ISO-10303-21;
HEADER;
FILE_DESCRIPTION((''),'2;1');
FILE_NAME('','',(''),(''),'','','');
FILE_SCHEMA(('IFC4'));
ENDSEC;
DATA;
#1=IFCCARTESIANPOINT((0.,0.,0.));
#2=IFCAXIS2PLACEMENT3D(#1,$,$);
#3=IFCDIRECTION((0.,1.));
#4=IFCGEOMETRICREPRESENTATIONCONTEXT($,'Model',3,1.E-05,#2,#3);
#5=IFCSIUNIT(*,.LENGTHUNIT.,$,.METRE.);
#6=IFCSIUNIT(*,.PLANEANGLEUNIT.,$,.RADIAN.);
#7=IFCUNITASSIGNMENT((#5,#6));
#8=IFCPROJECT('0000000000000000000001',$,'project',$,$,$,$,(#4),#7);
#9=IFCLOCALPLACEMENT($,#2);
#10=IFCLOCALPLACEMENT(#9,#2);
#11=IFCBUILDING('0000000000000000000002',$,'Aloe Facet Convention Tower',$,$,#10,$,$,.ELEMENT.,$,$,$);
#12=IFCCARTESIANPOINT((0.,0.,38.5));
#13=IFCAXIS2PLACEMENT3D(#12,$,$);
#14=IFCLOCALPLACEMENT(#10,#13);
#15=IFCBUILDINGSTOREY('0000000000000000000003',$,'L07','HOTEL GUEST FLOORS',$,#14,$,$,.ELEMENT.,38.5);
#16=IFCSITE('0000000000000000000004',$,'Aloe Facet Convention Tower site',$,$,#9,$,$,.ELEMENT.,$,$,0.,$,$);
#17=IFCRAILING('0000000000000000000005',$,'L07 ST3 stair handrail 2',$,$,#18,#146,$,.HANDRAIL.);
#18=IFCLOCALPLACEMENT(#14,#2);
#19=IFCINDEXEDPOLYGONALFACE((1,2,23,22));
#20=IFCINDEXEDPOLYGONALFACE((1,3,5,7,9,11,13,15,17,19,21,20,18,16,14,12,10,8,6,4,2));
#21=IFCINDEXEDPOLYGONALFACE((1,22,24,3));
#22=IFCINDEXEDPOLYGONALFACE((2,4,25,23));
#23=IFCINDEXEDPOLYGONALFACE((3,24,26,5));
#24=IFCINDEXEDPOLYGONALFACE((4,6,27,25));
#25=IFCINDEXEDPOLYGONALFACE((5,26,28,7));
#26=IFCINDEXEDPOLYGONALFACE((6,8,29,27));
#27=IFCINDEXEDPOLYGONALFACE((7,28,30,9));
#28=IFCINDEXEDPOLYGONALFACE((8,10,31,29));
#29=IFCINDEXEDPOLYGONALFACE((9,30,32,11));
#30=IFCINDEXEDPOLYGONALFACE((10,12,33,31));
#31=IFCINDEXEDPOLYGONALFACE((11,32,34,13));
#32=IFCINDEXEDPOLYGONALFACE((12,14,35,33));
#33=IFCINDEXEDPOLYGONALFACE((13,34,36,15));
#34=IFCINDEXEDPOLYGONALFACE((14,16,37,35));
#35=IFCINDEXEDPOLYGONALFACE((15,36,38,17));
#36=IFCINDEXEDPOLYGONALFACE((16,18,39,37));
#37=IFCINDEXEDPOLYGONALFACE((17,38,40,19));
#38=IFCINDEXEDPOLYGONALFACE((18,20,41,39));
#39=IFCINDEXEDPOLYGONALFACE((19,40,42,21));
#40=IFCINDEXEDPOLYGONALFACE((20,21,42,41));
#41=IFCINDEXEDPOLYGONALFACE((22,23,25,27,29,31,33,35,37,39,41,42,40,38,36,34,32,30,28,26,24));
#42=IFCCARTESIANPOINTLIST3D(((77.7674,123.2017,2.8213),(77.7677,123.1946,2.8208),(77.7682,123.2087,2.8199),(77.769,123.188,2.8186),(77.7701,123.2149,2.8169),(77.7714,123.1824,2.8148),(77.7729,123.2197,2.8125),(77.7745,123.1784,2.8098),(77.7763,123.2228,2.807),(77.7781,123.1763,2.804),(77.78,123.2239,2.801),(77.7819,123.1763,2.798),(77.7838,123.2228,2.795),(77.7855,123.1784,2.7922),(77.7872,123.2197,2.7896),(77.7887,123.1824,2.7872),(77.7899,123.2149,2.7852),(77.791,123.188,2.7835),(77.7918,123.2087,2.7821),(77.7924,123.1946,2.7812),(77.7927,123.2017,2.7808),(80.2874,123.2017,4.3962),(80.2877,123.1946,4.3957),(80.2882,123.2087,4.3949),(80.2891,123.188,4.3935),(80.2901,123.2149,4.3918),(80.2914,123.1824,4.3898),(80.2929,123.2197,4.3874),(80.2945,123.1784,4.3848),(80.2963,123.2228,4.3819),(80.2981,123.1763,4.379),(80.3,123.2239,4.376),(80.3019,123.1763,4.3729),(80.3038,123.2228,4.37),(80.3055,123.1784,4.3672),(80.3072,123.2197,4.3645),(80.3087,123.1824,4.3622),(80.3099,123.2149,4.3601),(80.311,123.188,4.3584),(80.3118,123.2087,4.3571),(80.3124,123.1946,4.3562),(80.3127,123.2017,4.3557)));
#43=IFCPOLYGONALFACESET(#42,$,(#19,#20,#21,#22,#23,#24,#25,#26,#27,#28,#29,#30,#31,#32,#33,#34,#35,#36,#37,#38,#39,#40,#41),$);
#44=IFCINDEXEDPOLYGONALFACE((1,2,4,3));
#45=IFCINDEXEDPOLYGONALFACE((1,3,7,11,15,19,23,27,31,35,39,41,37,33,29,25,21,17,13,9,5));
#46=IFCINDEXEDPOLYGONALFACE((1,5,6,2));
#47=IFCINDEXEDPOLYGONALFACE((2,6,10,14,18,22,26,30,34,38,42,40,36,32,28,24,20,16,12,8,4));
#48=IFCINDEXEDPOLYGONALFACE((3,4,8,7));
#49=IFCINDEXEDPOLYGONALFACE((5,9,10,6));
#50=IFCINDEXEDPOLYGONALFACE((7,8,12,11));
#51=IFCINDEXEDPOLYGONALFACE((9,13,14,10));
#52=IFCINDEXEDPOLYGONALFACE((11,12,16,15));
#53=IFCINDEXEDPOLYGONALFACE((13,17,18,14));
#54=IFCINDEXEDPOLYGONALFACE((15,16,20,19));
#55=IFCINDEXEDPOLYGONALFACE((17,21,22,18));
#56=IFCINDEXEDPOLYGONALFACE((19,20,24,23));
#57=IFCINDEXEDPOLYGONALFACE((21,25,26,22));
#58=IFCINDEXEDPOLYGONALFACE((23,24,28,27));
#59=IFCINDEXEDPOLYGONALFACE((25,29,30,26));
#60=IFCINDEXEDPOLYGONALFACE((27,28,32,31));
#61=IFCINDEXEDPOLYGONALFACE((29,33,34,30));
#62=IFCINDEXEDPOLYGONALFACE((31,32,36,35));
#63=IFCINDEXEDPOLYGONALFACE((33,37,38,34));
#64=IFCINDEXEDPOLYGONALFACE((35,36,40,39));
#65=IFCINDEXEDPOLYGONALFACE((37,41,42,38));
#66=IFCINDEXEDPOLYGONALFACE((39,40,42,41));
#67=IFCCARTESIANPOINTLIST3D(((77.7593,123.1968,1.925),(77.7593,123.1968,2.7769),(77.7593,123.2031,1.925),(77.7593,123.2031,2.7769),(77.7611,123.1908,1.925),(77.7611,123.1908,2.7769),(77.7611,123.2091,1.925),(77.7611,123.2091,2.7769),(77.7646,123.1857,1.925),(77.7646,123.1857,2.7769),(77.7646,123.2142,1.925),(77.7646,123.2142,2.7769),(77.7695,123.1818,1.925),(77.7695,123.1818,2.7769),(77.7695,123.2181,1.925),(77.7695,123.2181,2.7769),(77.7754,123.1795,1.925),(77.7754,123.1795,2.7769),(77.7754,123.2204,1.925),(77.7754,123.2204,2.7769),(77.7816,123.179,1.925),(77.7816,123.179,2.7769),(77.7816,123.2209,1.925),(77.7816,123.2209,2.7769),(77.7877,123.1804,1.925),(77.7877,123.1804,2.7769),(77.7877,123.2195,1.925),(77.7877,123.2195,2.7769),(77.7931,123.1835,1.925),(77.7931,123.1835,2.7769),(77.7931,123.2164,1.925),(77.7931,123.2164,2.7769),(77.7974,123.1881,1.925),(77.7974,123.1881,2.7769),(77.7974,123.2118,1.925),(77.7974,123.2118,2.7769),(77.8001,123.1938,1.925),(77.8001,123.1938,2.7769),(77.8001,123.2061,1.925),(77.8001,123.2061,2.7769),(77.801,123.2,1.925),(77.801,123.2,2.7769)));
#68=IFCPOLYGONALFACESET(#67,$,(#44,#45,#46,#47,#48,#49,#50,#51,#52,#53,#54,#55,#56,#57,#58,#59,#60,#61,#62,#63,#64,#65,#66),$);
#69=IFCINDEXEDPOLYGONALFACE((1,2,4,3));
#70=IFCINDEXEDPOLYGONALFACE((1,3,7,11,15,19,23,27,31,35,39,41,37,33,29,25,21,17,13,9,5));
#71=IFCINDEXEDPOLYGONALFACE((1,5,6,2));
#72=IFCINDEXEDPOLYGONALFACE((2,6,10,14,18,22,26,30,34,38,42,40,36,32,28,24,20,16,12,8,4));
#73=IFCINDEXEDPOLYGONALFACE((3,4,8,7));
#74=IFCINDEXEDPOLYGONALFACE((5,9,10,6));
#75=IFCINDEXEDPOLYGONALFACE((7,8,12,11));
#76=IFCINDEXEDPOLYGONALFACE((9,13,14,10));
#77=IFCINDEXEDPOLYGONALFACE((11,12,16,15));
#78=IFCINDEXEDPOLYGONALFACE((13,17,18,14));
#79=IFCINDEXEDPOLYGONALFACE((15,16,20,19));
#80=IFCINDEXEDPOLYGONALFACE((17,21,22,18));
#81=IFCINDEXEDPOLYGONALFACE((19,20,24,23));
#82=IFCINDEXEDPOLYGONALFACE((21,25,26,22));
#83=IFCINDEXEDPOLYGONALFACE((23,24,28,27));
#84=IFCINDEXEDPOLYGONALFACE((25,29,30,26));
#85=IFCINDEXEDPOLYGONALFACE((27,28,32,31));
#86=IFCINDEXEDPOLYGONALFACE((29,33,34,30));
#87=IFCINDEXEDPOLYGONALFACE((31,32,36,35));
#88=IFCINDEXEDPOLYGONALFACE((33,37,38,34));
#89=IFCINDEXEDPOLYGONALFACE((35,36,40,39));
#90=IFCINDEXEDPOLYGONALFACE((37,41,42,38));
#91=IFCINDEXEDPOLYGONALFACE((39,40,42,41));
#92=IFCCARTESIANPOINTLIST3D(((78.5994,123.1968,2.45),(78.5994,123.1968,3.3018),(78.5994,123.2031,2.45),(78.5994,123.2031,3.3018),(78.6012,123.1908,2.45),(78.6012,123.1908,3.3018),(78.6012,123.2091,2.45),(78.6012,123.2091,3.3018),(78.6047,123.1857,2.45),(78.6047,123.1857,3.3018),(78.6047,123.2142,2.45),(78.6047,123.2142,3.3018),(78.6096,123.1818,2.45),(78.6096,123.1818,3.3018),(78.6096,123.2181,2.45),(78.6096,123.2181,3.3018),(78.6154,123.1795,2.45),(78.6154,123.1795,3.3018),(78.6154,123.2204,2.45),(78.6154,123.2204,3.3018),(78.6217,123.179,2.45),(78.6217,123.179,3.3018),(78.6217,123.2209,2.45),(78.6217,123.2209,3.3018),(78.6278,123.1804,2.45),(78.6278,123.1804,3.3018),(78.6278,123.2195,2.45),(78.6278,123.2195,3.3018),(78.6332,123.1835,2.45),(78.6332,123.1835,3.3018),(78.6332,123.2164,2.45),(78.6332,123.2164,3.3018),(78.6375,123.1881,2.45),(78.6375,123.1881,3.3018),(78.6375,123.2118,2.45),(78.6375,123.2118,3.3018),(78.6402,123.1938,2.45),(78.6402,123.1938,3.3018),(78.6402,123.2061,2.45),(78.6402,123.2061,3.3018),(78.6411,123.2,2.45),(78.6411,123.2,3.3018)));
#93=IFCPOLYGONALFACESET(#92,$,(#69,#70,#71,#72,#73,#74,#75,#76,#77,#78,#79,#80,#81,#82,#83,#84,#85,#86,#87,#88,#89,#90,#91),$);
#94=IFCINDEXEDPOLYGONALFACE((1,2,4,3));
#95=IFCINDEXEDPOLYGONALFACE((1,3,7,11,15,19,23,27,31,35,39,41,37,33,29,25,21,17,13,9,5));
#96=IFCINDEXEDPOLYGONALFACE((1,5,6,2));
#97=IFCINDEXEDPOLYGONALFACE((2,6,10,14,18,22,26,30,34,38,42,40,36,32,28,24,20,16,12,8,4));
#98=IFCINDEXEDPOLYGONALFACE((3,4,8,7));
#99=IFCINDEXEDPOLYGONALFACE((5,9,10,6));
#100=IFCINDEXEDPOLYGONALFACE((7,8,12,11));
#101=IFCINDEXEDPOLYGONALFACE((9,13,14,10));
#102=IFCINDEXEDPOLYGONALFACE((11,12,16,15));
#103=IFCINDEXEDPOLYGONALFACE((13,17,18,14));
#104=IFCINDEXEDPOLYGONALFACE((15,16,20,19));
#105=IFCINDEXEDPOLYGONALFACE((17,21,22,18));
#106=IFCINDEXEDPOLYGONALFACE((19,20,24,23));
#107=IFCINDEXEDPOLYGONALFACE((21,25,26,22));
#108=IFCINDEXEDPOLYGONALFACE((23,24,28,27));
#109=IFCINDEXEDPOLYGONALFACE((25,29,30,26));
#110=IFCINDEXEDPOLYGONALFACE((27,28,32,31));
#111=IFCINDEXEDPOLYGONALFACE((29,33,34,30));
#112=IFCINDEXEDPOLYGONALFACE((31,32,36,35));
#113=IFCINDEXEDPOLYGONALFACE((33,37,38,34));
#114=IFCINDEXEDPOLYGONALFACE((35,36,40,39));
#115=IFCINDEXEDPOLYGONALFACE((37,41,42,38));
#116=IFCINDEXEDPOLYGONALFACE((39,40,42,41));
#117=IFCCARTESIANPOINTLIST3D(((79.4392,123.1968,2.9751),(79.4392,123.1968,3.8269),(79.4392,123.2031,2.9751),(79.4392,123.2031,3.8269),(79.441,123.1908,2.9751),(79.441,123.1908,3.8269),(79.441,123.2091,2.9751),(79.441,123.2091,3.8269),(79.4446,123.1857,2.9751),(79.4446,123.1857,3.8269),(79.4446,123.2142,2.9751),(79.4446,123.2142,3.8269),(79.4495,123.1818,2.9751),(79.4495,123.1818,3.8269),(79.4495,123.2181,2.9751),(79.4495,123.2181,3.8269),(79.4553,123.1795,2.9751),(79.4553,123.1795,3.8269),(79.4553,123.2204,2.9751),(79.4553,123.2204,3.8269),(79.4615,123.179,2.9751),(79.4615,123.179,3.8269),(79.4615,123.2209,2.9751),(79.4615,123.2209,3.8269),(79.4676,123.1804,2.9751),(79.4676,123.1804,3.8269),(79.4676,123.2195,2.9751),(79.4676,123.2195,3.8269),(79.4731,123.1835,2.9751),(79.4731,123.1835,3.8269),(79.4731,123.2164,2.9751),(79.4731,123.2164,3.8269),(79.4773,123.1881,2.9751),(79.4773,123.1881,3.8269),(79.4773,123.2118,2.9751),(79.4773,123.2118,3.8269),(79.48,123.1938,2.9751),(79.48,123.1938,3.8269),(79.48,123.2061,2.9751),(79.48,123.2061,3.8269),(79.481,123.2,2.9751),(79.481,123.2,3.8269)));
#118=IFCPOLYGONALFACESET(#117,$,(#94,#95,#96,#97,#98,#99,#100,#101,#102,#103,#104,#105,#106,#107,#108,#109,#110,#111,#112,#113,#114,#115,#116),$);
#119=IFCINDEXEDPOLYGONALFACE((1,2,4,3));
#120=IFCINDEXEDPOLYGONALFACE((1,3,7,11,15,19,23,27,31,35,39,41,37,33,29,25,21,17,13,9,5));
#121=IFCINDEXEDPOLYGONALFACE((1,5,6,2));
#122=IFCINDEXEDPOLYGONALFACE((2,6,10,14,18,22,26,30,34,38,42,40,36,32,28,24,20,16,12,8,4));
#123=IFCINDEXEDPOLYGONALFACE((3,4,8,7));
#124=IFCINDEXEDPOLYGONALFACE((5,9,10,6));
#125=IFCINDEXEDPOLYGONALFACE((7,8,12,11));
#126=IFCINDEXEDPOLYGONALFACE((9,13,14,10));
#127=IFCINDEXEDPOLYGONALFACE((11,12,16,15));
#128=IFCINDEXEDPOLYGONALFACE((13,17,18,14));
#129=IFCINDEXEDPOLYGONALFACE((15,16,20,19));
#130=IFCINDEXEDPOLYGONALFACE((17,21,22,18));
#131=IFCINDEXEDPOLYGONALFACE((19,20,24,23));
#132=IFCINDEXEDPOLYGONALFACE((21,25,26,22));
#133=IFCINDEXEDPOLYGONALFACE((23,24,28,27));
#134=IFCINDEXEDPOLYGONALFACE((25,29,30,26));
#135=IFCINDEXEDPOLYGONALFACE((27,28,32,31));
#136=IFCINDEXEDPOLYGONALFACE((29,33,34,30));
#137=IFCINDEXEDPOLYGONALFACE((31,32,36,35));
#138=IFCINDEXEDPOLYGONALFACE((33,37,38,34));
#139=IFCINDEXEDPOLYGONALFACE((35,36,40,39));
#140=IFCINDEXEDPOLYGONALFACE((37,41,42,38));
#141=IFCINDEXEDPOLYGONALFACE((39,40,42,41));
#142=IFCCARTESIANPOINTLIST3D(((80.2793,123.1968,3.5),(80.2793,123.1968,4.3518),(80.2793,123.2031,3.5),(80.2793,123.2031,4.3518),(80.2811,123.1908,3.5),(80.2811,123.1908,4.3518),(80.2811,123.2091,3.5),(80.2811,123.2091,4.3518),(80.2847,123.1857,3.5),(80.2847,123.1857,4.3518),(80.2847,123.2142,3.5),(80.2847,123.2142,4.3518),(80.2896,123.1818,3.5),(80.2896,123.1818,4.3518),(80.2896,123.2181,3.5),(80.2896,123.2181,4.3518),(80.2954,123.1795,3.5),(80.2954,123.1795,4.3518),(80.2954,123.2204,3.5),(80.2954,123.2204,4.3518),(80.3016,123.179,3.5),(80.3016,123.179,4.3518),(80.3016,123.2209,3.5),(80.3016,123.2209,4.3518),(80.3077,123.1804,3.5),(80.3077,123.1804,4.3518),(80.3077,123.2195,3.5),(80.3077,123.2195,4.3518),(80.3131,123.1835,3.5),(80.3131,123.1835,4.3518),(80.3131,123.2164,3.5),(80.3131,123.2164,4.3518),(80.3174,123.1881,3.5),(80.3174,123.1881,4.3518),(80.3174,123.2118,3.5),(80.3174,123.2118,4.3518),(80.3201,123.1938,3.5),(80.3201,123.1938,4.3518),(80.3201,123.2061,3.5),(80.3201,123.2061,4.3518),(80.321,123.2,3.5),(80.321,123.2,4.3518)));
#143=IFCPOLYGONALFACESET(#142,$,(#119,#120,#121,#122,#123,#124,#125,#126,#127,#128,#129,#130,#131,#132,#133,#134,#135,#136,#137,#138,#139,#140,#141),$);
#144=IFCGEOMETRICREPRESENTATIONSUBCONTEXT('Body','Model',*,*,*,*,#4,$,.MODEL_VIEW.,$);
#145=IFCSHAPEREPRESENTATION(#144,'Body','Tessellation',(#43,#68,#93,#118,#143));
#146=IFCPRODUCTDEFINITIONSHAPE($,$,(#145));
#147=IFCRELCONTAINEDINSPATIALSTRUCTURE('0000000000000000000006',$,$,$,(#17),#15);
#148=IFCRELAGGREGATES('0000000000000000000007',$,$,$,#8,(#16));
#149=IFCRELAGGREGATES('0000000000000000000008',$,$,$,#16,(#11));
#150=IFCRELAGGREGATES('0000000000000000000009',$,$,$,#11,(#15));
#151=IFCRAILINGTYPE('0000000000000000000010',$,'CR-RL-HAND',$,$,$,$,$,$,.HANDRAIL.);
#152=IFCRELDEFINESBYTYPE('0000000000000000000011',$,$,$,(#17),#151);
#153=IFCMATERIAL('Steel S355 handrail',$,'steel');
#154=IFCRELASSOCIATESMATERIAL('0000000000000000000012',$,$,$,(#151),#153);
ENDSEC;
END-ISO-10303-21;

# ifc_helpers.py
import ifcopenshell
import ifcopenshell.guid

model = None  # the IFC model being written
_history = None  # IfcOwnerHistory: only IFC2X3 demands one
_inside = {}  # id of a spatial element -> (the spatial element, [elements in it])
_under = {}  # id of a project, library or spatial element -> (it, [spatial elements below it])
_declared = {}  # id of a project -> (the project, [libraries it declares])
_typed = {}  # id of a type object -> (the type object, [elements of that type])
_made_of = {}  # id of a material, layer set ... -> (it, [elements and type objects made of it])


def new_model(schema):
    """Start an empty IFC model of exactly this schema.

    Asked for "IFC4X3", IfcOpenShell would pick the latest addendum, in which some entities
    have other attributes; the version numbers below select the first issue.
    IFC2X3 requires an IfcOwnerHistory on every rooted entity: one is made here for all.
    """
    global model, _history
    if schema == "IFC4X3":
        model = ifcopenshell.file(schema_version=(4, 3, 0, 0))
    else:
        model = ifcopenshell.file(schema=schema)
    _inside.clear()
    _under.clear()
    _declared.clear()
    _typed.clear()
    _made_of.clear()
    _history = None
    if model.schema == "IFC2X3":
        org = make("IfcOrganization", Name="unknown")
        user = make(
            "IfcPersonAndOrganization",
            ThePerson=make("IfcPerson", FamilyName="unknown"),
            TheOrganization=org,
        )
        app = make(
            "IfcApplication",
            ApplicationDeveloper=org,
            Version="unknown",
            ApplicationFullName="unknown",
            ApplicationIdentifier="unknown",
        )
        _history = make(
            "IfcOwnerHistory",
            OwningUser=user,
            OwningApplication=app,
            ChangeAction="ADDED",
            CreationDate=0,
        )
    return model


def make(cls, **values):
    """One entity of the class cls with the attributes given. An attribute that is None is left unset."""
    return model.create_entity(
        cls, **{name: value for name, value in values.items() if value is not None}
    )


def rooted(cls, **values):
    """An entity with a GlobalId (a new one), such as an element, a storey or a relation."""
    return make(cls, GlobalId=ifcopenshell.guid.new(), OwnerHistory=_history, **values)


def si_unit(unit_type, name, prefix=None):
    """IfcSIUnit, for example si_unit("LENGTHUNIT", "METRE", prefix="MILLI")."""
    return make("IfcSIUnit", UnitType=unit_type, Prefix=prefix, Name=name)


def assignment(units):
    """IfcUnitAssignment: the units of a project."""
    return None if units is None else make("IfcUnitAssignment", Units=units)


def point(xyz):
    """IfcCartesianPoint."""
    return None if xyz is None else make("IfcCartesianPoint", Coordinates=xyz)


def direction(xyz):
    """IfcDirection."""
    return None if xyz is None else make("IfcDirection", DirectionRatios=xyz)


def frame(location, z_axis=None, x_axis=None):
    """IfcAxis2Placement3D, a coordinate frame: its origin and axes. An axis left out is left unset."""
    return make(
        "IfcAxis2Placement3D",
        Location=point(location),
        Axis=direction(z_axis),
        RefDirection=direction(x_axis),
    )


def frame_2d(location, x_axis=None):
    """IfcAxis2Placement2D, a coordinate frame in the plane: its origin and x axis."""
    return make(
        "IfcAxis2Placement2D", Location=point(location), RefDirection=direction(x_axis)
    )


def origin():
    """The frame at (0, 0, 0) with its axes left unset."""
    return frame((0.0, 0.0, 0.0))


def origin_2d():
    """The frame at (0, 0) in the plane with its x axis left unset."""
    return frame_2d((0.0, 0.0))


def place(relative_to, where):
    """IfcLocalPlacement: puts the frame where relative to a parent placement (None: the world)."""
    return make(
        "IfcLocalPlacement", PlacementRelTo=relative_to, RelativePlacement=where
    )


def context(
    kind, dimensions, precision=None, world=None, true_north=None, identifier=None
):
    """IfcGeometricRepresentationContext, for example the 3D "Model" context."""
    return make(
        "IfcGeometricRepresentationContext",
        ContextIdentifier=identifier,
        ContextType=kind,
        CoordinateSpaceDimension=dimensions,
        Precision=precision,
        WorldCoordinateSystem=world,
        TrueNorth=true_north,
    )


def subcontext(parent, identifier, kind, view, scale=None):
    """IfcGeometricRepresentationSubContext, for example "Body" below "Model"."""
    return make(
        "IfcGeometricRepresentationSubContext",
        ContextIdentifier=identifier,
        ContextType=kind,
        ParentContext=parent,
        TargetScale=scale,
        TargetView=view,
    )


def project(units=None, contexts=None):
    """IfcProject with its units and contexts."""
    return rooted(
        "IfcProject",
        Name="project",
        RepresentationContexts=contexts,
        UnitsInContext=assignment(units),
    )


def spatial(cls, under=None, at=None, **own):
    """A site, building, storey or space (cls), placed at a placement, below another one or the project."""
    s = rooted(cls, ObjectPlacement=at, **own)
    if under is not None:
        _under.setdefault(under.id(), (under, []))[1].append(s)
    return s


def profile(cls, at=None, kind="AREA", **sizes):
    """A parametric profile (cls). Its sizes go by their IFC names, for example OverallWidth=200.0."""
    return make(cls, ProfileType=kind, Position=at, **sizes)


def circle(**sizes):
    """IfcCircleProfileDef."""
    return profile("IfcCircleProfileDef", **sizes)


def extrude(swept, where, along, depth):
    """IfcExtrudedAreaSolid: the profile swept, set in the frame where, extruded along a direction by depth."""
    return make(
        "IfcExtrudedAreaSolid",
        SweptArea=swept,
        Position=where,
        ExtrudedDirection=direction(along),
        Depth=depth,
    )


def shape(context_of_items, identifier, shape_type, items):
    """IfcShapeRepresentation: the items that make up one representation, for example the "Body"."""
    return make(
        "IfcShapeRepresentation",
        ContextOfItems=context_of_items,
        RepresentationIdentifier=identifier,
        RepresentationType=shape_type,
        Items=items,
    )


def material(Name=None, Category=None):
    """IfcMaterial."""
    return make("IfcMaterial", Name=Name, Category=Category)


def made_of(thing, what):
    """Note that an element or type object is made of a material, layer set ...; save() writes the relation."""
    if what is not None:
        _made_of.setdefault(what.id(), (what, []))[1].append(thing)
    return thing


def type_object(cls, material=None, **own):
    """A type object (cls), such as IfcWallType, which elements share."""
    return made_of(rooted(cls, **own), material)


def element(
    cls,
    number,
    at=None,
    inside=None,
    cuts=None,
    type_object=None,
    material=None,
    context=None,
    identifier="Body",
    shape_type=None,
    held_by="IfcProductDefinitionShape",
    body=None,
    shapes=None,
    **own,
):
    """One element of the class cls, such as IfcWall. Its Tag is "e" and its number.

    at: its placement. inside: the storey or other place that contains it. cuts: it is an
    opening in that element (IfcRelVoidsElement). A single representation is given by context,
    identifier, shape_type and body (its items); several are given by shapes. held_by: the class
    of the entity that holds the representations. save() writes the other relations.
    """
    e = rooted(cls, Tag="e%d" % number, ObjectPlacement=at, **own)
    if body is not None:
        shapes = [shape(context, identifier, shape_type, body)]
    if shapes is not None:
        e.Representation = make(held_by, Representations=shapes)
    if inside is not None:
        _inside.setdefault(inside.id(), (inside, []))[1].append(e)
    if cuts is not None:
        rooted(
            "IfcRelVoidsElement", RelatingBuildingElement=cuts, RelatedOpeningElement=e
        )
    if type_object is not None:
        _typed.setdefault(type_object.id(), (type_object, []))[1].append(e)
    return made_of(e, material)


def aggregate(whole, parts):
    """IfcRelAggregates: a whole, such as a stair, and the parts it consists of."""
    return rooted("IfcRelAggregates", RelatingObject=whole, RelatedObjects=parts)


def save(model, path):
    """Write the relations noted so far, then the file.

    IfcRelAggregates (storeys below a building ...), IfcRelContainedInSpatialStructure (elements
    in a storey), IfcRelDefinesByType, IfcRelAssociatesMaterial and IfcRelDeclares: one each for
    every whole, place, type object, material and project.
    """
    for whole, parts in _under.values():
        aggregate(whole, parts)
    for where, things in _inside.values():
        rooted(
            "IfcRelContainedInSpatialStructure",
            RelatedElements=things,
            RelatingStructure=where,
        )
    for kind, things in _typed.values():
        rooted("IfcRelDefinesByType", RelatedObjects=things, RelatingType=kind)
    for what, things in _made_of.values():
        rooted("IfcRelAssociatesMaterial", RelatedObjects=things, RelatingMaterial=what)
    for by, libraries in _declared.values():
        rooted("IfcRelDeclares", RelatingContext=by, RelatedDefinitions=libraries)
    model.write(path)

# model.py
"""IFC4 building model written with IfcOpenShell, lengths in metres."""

from ifc_helpers import new_model, si_unit, direction, frame, origin, origin_2d, place, context, subcontext, project, spatial, circle, extrude, material, type_object, element, save


model = new_model("IFC4")

# Units and contexts
model_context = context("Model", 3, precision=1e-05, world=origin(), true_north=direction((0.0, 1.0)))
body_context = subcontext(model_context, "Body", "Model", "MODEL_VIEW")
ifc_project = project(units=[si_unit("LENGTHUNIT", "METRE"), si_unit("PLANEANGLEUNIT", "RADIAN")], contexts=[model_context])

# Site, building, storey
site_placement = place(None, origin())
site = spatial("IfcSite", under=ifc_project, at=site_placement, Name="Aloe Facet Convention Tower site", CompositionType="ELEMENT", RefElevation=0.0)
building_placement = place(site_placement, origin())
building = spatial("IfcBuilding", under=site, at=building_placement, Name="Aloe Facet Convention Tower", CompositionType="ELEMENT")
storey_placement = place(building_placement, frame((0.0, 0.0, 38.5)))
storey = spatial("IfcBuildingStorey", under=building, at=storey_placement, Name="L07", Description="HOTEL GUEST FLOORS", CompositionType="ELEMENT", Elevation=38.5)

# Railing
ifc_material_1 = material(Name="Steel S355 handrail", Category="steel")
railing_type_1 = type_object("IfcRailingType", Name="CR-RL-HAND", PredefinedType="HANDRAIL", material=ifc_material_1)
railing_1_placement = place(storey_placement, frame((77.78, 123.2, 1.925)))
element("IfcRailing", 1, at=railing_1_placement, inside=storey, type_object=railing_type_1, Name="L07 ST3 stair handrail 2", PredefinedType="HANDRAIL", context=body_context, shape_type="SweptSolid", body=[
    extrude(circle(Radius=0.0239, at=origin_2d()), frame((0.0, 0.0, 0.876), z_axis=(0.848008, 0.0, 0.529984), x_axis=(0.0, 1.0, 0.0)), (0.0, 0.0, 1.0), 2.9717),
    extrude(circle(Radius=0.021, at=origin_2d()), origin(), (0.0, 0.0, 1.0), 0.8518),
    extrude(circle(Radius=0.021, at=origin_2d()), frame((0.8401, 0.0, 0.5249)), (0.0, 0.0, 1.0), 0.8518),
    extrude(circle(Radius=0.021, at=origin_2d()), frame((1.6799, 0.0, 1.05)), (0.0, 0.0, 1.0), 0.8518),
    extrude(circle(Radius=0.021, at=origin_2d()), frame((2.52, 0.0, 1.575)), (0.0, 0.0, 1.0), 0.8518),
])

save(model, "model.ifc")
